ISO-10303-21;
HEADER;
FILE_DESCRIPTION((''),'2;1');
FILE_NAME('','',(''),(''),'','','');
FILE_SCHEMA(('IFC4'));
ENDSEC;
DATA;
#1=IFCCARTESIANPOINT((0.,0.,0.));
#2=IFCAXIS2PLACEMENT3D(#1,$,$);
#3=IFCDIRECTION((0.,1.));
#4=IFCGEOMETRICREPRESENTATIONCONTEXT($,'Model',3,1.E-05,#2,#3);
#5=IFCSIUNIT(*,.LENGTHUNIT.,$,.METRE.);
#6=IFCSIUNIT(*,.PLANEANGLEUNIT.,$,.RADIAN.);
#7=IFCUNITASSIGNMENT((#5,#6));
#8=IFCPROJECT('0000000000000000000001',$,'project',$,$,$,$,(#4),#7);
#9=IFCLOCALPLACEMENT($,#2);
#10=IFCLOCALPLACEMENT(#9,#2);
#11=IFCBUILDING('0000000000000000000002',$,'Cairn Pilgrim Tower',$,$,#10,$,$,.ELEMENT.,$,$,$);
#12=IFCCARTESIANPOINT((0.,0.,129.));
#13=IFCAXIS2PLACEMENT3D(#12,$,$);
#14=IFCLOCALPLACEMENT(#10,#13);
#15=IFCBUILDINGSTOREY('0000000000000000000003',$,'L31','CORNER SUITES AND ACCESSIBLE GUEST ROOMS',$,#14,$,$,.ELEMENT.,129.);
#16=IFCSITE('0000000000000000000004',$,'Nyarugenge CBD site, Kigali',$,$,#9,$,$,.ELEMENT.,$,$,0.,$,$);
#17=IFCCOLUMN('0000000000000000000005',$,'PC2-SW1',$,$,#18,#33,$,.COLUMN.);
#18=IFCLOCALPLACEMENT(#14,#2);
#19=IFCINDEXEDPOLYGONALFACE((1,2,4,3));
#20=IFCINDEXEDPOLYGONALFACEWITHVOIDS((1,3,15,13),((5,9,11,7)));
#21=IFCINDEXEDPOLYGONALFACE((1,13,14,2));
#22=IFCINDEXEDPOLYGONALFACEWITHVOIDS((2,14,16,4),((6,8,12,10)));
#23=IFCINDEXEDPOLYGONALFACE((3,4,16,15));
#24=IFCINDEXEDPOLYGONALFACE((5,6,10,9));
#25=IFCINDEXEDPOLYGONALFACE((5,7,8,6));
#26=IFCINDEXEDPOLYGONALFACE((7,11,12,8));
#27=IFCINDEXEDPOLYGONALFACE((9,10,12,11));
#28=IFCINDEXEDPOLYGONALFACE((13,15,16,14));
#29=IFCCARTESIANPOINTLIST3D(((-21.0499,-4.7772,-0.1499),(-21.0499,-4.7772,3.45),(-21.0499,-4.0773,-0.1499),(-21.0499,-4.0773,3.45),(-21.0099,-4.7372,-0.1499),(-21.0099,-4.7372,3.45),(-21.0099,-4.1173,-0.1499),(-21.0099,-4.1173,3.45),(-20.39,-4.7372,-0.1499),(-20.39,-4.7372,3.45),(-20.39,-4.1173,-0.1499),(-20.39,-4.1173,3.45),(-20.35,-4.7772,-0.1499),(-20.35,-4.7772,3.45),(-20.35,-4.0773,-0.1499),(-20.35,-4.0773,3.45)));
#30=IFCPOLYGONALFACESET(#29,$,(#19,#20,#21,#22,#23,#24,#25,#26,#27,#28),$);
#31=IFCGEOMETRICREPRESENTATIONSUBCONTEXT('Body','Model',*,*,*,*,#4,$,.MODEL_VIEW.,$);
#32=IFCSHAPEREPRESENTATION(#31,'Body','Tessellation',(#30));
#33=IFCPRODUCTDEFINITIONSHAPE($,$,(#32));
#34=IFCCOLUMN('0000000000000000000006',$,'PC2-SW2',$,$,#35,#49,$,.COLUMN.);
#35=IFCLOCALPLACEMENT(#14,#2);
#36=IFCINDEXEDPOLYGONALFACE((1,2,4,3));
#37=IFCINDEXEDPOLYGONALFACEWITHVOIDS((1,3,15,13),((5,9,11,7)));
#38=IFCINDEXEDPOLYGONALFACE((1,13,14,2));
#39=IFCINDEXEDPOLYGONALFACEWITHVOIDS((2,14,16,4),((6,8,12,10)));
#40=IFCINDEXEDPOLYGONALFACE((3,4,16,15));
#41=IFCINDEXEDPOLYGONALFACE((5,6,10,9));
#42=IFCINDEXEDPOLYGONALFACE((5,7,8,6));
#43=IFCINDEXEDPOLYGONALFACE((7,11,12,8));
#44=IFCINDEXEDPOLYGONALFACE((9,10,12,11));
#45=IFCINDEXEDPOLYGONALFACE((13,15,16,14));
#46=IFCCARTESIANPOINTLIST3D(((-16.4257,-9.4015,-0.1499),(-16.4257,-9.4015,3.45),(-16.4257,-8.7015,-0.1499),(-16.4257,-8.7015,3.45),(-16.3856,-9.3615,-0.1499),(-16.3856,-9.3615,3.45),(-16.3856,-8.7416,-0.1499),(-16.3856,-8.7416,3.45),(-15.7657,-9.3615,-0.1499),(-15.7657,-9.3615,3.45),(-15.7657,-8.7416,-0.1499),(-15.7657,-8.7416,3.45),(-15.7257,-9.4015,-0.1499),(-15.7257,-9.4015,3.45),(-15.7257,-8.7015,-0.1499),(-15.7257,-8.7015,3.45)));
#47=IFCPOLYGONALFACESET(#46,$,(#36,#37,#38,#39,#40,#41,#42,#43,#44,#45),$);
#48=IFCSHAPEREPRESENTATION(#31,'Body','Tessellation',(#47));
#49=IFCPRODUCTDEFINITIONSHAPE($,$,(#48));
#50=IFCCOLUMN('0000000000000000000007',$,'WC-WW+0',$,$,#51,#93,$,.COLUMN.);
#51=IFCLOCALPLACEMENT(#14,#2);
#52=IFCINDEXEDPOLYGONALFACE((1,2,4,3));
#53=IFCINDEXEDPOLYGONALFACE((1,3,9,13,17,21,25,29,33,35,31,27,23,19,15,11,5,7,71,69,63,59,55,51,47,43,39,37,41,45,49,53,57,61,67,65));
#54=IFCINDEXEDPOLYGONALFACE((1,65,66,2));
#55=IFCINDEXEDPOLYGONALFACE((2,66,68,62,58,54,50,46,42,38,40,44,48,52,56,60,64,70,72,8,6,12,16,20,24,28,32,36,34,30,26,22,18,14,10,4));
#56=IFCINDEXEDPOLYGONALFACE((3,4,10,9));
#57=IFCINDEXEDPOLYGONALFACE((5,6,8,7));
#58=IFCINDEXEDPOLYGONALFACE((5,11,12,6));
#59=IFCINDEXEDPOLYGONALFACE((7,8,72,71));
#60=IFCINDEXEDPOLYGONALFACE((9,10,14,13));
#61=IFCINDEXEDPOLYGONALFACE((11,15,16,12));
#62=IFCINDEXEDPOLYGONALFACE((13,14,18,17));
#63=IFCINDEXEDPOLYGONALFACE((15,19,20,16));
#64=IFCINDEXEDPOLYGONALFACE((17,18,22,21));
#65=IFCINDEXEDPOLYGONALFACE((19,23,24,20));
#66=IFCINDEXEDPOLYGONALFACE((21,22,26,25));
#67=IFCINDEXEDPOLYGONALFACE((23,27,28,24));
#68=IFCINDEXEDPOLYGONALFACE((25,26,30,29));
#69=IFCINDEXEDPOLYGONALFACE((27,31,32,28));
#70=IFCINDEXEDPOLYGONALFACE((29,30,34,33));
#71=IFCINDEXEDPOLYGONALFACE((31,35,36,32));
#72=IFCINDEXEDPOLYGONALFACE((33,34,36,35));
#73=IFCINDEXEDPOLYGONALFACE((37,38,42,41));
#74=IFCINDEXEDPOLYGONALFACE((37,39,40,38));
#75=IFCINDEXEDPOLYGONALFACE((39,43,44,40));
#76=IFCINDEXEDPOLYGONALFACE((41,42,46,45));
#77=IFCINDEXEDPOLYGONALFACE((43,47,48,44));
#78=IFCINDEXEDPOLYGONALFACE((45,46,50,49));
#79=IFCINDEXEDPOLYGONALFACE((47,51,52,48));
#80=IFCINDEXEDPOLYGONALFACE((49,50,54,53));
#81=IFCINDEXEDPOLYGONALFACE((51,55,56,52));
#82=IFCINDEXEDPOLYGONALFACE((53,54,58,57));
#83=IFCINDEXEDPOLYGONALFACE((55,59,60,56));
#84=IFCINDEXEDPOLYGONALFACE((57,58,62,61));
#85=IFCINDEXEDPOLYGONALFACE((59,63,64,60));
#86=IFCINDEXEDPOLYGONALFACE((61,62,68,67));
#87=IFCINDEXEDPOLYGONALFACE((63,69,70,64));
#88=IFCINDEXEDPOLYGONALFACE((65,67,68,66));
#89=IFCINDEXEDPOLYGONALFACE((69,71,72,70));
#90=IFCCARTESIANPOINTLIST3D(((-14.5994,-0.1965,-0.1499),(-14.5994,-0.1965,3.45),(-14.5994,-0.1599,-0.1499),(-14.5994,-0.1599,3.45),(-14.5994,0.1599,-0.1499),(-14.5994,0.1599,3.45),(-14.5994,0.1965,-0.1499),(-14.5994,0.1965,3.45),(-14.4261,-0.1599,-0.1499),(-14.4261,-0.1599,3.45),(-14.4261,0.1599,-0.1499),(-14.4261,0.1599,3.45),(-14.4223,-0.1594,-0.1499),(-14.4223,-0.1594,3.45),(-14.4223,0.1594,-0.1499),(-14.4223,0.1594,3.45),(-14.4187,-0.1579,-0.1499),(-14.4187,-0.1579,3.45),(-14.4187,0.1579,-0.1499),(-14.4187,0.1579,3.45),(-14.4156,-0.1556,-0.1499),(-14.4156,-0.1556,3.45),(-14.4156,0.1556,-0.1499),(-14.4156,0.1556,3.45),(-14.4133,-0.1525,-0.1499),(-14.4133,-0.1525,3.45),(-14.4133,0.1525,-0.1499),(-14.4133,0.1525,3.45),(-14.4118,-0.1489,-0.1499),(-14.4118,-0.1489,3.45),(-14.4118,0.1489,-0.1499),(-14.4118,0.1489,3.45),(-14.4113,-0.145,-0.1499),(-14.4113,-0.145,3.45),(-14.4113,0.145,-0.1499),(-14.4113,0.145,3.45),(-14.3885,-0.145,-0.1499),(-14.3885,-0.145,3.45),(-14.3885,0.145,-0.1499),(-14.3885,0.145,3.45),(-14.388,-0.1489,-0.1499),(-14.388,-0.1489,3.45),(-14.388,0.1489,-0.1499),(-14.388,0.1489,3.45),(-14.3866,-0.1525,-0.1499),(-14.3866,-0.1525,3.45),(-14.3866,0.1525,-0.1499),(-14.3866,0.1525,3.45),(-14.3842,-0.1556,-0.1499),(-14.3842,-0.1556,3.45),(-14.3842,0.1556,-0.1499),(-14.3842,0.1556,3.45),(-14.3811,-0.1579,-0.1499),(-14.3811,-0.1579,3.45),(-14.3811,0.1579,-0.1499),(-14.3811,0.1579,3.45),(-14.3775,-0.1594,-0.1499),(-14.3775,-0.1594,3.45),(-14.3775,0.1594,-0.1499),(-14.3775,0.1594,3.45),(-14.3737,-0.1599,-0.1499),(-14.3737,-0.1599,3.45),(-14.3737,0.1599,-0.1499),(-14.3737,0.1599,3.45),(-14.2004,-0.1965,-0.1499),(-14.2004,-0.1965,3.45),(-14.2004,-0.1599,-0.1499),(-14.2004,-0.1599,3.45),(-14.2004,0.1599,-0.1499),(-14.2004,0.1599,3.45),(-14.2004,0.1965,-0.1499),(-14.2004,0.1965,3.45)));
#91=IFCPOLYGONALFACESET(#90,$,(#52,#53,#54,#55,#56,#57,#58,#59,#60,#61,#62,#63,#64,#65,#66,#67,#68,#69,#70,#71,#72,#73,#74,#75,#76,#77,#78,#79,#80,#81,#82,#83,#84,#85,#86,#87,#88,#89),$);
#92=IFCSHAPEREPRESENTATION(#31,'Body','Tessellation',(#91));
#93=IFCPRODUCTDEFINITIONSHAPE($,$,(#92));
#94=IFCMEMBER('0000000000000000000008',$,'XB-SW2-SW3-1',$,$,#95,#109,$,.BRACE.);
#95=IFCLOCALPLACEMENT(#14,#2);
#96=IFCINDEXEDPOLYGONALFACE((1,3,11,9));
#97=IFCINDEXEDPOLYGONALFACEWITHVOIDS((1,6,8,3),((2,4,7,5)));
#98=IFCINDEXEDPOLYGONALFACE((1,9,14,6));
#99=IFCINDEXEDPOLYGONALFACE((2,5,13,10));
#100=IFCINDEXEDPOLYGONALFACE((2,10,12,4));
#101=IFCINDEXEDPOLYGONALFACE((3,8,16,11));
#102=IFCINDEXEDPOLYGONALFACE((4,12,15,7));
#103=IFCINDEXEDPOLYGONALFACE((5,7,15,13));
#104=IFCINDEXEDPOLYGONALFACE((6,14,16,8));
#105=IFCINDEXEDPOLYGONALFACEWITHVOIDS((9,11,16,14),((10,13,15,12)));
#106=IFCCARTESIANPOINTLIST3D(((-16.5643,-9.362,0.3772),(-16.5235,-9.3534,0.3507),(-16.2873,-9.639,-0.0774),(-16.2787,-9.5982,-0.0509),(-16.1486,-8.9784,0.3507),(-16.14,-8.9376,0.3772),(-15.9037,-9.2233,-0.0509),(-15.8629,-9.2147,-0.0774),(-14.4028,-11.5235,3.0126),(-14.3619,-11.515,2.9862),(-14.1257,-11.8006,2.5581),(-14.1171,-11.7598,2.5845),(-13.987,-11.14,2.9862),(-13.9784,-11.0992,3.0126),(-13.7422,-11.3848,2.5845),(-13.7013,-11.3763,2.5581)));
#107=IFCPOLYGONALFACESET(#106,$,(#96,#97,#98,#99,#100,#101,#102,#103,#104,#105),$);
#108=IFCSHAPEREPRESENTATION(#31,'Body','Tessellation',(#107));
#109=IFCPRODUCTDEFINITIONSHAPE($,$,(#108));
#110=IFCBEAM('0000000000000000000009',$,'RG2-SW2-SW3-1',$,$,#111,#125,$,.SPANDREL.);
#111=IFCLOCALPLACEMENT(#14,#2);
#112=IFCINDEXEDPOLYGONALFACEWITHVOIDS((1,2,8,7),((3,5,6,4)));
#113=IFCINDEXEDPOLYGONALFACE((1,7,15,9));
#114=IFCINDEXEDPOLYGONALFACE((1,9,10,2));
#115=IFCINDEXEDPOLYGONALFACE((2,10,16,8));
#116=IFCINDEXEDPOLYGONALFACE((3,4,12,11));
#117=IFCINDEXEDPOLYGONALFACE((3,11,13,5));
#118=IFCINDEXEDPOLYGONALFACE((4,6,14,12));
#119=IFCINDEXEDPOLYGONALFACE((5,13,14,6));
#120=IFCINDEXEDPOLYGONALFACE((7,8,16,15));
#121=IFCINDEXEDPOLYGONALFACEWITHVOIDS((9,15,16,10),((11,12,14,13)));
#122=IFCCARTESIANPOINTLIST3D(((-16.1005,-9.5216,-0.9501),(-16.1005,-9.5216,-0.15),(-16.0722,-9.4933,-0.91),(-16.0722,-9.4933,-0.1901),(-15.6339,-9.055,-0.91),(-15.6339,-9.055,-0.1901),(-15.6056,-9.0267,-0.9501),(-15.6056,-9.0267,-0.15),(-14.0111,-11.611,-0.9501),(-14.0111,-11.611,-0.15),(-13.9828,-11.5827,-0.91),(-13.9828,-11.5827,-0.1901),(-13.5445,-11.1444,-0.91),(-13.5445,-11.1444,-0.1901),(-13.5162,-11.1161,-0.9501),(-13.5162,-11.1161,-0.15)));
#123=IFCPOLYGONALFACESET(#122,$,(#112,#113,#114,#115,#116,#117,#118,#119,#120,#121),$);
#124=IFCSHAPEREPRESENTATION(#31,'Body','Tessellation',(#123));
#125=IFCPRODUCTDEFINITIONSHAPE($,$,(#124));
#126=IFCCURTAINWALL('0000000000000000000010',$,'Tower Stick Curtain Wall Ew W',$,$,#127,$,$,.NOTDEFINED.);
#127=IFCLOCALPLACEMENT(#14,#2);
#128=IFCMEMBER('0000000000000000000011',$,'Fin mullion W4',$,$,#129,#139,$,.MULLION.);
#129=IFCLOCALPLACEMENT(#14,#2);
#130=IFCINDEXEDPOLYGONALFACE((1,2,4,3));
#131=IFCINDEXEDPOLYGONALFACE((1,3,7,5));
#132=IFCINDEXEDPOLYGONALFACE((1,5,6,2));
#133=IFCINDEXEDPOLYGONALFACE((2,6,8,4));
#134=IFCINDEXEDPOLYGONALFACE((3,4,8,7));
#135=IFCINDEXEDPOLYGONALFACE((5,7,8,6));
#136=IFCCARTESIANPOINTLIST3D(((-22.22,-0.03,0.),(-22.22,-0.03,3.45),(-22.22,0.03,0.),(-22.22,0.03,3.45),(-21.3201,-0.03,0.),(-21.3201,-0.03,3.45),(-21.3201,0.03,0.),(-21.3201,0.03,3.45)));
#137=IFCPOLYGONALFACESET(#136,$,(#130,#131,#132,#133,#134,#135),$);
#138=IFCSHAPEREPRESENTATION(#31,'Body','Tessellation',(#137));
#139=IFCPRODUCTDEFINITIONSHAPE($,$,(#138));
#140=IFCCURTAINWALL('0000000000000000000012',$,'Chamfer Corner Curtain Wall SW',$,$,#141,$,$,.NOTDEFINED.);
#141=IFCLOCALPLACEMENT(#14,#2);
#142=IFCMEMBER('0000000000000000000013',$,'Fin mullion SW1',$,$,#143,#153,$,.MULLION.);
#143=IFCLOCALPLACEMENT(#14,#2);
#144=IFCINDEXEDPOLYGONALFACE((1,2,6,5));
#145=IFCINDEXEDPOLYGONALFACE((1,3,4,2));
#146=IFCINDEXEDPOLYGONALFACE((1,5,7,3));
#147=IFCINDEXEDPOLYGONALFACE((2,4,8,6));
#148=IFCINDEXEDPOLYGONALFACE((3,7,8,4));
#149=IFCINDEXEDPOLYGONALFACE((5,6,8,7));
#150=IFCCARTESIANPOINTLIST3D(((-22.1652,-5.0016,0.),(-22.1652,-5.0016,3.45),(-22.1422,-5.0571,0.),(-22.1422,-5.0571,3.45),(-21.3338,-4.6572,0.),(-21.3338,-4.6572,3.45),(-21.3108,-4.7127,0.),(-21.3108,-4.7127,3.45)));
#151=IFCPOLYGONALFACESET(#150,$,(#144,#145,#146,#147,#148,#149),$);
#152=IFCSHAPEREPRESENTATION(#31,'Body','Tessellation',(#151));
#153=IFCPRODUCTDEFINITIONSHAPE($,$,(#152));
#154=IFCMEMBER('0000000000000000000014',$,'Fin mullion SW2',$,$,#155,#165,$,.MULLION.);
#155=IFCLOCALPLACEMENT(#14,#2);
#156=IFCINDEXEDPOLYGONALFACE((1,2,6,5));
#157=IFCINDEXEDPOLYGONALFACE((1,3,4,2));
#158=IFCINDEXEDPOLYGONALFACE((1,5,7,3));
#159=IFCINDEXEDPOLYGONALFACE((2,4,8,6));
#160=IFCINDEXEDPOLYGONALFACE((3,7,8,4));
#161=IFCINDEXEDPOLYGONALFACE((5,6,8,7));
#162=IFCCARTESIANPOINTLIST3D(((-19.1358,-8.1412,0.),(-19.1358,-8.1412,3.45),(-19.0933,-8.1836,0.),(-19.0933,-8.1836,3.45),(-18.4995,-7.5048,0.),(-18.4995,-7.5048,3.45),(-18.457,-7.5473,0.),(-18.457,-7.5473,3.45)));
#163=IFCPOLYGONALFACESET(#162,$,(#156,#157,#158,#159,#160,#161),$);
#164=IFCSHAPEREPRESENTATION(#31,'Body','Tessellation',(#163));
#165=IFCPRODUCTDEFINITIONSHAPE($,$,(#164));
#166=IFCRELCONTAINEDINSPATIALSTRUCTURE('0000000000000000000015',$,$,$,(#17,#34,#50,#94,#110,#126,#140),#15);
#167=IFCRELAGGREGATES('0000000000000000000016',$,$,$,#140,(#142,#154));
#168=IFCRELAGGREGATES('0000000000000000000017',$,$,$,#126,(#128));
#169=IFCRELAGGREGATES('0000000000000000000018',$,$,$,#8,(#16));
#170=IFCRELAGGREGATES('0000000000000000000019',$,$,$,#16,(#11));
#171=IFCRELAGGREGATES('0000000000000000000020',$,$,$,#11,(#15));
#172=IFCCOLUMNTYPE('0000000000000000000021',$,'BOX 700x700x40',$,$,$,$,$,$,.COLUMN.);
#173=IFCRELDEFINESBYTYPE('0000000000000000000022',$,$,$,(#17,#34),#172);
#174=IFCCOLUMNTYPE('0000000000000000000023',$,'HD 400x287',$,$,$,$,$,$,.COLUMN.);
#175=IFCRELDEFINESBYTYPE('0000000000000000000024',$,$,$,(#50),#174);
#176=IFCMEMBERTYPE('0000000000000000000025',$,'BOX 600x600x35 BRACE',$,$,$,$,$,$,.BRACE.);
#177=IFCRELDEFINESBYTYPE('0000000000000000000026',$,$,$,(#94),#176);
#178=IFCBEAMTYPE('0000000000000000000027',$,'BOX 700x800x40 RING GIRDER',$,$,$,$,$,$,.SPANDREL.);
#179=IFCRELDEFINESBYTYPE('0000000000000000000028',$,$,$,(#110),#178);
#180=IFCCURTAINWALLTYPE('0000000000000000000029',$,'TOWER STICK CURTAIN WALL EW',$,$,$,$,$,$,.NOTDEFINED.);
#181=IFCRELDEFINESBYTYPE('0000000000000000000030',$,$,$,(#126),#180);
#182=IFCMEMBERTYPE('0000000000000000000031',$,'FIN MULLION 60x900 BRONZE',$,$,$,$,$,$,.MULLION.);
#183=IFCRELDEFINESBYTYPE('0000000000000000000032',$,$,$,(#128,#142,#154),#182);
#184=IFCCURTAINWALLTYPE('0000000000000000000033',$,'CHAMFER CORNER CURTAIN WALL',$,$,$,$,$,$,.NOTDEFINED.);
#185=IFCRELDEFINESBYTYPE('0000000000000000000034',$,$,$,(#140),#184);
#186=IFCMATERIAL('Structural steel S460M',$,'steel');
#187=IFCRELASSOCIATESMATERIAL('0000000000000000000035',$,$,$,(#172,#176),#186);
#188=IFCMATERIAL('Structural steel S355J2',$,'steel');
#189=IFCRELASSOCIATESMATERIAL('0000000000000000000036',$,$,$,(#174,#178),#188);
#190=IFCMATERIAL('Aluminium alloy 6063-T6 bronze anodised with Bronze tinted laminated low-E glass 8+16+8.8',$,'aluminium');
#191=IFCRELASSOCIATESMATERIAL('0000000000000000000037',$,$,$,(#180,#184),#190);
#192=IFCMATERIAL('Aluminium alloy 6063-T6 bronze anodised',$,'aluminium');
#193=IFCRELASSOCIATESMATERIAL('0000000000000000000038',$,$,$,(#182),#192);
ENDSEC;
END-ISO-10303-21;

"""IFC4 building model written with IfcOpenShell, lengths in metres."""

from ifc_helpers import new_model, si_unit, direction, frame, origin, origin_2d, place, context, subcontext, project, spatial, rectangle, hollow_rectangle, i_section, extrude, material, material_profile, profile_set, type_object, element, aggregate, save


model = new_model("IFC4")

# Units and contexts
model_context = context("Model", 3, precision=1e-05, world=origin(), true_north=direction((0.0, 1.0)))
body_context = subcontext(model_context, "Body", "Model", "MODEL_VIEW")
ifc_project = project(units=[si_unit("LENGTHUNIT", "METRE"), si_unit("PLANEANGLEUNIT", "RADIAN")], contexts=[model_context])

# Site, building, storey
site_placement = place(None, origin())
site = spatial("IfcSite", under=ifc_project, at=site_placement, Name="Nyarugenge CBD site, Kigali", CompositionType="ELEMENT", RefElevation=0.0)
building_placement = place(site_placement, origin())
building = spatial("IfcBuilding", under=site, at=building_placement, Name="Cairn Pilgrim Tower", CompositionType="ELEMENT")
storey_placement = place(building_placement, frame((0.0, 0.0, 129.0)))
storey = spatial("IfcBuildingStorey", under=building, at=storey_placement, Name="L31", Description="CORNER SUITES AND ACCESSIBLE GUEST ROOMS", CompositionType="ELEMENT", Elevation=129.0)

# Columns
ifc_material_1 = material(Name="Structural steel S460M", Category="steel")
ifc_material_profile_1 = material_profile(ifc_material_1, hollow_rectangle(XDim=0.7, YDim=0.7, WallThickness=0.04, at=origin_2d()), Name="BOX 700x700x40")
ifc_profile_set_1 = profile_set([ifc_material_profile_1], Name="Structural steel S460M")
column_type_1 = type_object("IfcColumnType", Name="BOX 700x700x40", PredefinedType="COLUMN", material=ifc_profile_set_1)
for number, where, z_axis, x_axis, name in (
    (1, (-20.7, -4.4272, -0.1499), (0.0, 0.0, 1.0), (1.0, 0.0, 0.0), "PC2-SW1"),
    (2, (-16.0757, -9.0515, -0.1499), (0.0, 0.0, 1.0), (1.0, 0.0, 0.0), "PC2-SW2"),
):
    element("IfcColumn", number, at=place(storey_placement, frame(where, z_axis=z_axis, x_axis=x_axis)), inside=storey, type_object=column_type_1, Name=name, PredefinedType="COLUMN", context=body_context, shape_type="SweptSolid", body=[
        extrude(hollow_rectangle(XDim=0.7, YDim=0.7, WallThickness=0.04, at=origin_2d()), origin(), (0.0, 0.0, 1.0), 3.5999),
    ])
ifc_material_2 = material(Name="Structural steel S355J2", Category="steel")
ifc_material_profile_2 = material_profile(ifc_material_2, i_section(OverallWidth=0.3989, OverallDepth=0.3931, WebThickness=0.0227, FlangeThickness=0.0366, FilletRadius=0.0149, at=origin_2d()), Name="HD 400x287")
ifc_profile_set_2 = profile_set([ifc_material_profile_2], Name="Structural steel S355J2")
column_type_2 = type_object("IfcColumnType", Name="HD 400x287", PredefinedType="COLUMN", material=ifc_profile_set_2)
column_placement = place(storey_placement, frame((-14.3999, 0.0, -0.1499), z_axis=(0.0, 0.0, 1.0), x_axis=(1.0, 0.0, 0.0)))
element("IfcColumn", 3, at=column_placement, inside=storey, type_object=column_type_2, Name="WC-WW+0", PredefinedType="COLUMN", context=body_context, shape_type="SweptSolid", body=[
    extrude(i_section(OverallWidth=0.3989, OverallDepth=0.3931, WebThickness=0.0227, FlangeThickness=0.0366, FilletRadius=0.0149, at=origin_2d()), origin(), (0.0, 0.0, 1.0), 3.5999),
])

# Member
ifc_material_profile_3 = material_profile(ifc_material_1, hollow_rectangle(XDim=0.6001, YDim=0.6001, WallThickness=0.0349, at=origin_2d()), Name="BOX 600x600x35")
ifc_profile_set_3 = profile_set([ifc_material_profile_3], Name="Structural steel S460M")
member_type_1 = type_object("IfcMemberType", Name="BOX 600x600x35 BRACE", PredefinedType="BRACE", material=ifc_profile_set_3)
member_1_placement = place(storey_placement, frame((-16.2136, -9.2883, 0.1499), z_axis=(0.535556, -0.535556, 0.652962), x_axis=(0.707107, 0.707107, 0.0)))
element("IfcMember", 4, at=member_1_placement, inside=storey, type_object=member_type_1, Name="XB-SW2-SW3-1", PredefinedType="BRACE", context=body_context, shape_type="SweptSolid", body=[
    extrude(hollow_rectangle(XDim=0.6001, YDim=0.6001, WallThickness=0.0349, at=origin_2d()), origin(), (0.0, 0.0, 1.0), 4.0361),
])

# Beam
ifc_material_profile_4 = material_profile(ifc_material_2, hollow_rectangle(XDim=0.7, YDim=0.8, WallThickness=0.04, at=origin_2d()), Name="BOX 700x800x40")
ifc_profile_set_4 = profile_set([ifc_material_profile_4], Name="Structural steel S355J2")
beam_type_1 = type_object("IfcBeamType", Name="BOX 700x800x40 RING GIRDER", PredefinedType="SPANDREL", material=ifc_profile_set_4)
beam_1_placement = place(storey_placement, frame((-15.853, -9.2742, -0.55), z_axis=(0.707107, -0.707107, 0.0), x_axis=(0.707107, 0.707107, 0.0)))
element("IfcBeam", 5, at=beam_1_placement, inside=storey, type_object=beam_type_1, Name="RG2-SW2-SW3-1", PredefinedType="SPANDREL", context=body_context, shape_type="SweptSolid", body=[
    extrude(hollow_rectangle(XDim=0.7, YDim=0.8, WallThickness=0.04, at=origin_2d()), origin(), (0.0, 0.0, 1.0), 2.9548),
])

# Curtain wall, member
ifc_material_3 = material(Name="Aluminium alloy 6063-T6 bronze anodised with Bronze tinted laminated low-E glass 8+16+8.8", Category="aluminium")
curtain_wall_type_1 = type_object("IfcCurtainWallType", Name="TOWER STICK CURTAIN WALL EW", PredefinedType="NOTDEFINED", material=ifc_material_3)
curtain_wall_1_placement = place(storey_placement, origin())
curtain_wall_1 = element("IfcCurtainWall", 6, at=curtain_wall_1_placement, inside=storey, type_object=curtain_wall_type_1, Name="Tower Stick Curtain Wall Ew W", PredefinedType="NOTDEFINED")
ifc_material_4 = material(Name="Aluminium alloy 6063-T6 bronze anodised", Category="aluminium")
ifc_material_profile_5 = material_profile(ifc_material_4, rectangle(XDim=0.8999, YDim=0.0601, at=origin_2d()), Name="FIN MULLION 60x900 BRONZE")
ifc_profile_set_5 = profile_set([ifc_material_profile_5], Name="Aluminium alloy 6063-T6 bronze anodised")
member_type_2 = type_object("IfcMemberType", Name="FIN MULLION 60x900 BRONZE", PredefinedType="MULLION", material=ifc_profile_set_5)
member_2_placement = place(storey_placement, frame((-21.77, 0.0, 0.0), z_axis=(0.0, 0.0, 1.0), x_axis=(-1.0, 0.0, 0.0)))
member_2 = element("IfcMember", 7, at=member_2_placement, type_object=member_type_2, Name="Fin mullion W4", PredefinedType="MULLION", context=body_context, shape_type="SweptSolid", body=[
    extrude(rectangle(XDim=0.8999, YDim=0.0601, at=origin_2d()), origin(), (0.0, 0.0, 1.0), 3.45),
])

# Curtain wall, members
curtain_wall_type_2 = type_object("IfcCurtainWallType", Name="CHAMFER CORNER CURTAIN WALL", PredefinedType="NOTDEFINED", material=ifc_material_3)
curtain_wall_2_placement = place(storey_placement, origin())
curtain_wall_2 = element("IfcCurtainWall", 8, at=curtain_wall_2_placement, inside=storey, type_object=curtain_wall_type_2, Name="Chamfer Corner Curtain Wall SW", PredefinedType="NOTDEFINED")
member_3_placement = place(storey_placement, frame((-21.738, -4.8572, 0.0), z_axis=(0.0, 0.0, 1.0), x_axis=(-0.92388, -0.382683, 0.0)))
member_3 = element("IfcMember", 9, at=member_3_placement, type_object=member_type_2, Name="Fin mullion SW1", PredefinedType="MULLION", context=body_context, shape_type="SweptSolid", body=[
    extrude(rectangle(XDim=0.8999, YDim=0.0601, at=origin_2d()), origin(), (0.0, 0.0, 1.0), 3.45),
])
member_4_placement = place(storey_placement, frame((-18.7964, -7.8442, 0.0), z_axis=(0.0, 0.0, 1.0), x_axis=(-0.707107, -0.707107, 0.0)))
member_4 = element("IfcMember", 10, at=member_4_placement, type_object=member_type_2, Name="Fin mullion SW2", PredefinedType="MULLION", context=body_context, shape_type="SweptSolid", body=[
    extrude(rectangle(XDim=0.8999, YDim=0.0601, at=origin_2d()), origin(), (0.0, 0.0, 1.0), 3.45),
])

aggregate(curtain_wall_2, [member_3, member_4])
aggregate(curtain_wall_1, [member_2])

save(model, "model.ifc")
